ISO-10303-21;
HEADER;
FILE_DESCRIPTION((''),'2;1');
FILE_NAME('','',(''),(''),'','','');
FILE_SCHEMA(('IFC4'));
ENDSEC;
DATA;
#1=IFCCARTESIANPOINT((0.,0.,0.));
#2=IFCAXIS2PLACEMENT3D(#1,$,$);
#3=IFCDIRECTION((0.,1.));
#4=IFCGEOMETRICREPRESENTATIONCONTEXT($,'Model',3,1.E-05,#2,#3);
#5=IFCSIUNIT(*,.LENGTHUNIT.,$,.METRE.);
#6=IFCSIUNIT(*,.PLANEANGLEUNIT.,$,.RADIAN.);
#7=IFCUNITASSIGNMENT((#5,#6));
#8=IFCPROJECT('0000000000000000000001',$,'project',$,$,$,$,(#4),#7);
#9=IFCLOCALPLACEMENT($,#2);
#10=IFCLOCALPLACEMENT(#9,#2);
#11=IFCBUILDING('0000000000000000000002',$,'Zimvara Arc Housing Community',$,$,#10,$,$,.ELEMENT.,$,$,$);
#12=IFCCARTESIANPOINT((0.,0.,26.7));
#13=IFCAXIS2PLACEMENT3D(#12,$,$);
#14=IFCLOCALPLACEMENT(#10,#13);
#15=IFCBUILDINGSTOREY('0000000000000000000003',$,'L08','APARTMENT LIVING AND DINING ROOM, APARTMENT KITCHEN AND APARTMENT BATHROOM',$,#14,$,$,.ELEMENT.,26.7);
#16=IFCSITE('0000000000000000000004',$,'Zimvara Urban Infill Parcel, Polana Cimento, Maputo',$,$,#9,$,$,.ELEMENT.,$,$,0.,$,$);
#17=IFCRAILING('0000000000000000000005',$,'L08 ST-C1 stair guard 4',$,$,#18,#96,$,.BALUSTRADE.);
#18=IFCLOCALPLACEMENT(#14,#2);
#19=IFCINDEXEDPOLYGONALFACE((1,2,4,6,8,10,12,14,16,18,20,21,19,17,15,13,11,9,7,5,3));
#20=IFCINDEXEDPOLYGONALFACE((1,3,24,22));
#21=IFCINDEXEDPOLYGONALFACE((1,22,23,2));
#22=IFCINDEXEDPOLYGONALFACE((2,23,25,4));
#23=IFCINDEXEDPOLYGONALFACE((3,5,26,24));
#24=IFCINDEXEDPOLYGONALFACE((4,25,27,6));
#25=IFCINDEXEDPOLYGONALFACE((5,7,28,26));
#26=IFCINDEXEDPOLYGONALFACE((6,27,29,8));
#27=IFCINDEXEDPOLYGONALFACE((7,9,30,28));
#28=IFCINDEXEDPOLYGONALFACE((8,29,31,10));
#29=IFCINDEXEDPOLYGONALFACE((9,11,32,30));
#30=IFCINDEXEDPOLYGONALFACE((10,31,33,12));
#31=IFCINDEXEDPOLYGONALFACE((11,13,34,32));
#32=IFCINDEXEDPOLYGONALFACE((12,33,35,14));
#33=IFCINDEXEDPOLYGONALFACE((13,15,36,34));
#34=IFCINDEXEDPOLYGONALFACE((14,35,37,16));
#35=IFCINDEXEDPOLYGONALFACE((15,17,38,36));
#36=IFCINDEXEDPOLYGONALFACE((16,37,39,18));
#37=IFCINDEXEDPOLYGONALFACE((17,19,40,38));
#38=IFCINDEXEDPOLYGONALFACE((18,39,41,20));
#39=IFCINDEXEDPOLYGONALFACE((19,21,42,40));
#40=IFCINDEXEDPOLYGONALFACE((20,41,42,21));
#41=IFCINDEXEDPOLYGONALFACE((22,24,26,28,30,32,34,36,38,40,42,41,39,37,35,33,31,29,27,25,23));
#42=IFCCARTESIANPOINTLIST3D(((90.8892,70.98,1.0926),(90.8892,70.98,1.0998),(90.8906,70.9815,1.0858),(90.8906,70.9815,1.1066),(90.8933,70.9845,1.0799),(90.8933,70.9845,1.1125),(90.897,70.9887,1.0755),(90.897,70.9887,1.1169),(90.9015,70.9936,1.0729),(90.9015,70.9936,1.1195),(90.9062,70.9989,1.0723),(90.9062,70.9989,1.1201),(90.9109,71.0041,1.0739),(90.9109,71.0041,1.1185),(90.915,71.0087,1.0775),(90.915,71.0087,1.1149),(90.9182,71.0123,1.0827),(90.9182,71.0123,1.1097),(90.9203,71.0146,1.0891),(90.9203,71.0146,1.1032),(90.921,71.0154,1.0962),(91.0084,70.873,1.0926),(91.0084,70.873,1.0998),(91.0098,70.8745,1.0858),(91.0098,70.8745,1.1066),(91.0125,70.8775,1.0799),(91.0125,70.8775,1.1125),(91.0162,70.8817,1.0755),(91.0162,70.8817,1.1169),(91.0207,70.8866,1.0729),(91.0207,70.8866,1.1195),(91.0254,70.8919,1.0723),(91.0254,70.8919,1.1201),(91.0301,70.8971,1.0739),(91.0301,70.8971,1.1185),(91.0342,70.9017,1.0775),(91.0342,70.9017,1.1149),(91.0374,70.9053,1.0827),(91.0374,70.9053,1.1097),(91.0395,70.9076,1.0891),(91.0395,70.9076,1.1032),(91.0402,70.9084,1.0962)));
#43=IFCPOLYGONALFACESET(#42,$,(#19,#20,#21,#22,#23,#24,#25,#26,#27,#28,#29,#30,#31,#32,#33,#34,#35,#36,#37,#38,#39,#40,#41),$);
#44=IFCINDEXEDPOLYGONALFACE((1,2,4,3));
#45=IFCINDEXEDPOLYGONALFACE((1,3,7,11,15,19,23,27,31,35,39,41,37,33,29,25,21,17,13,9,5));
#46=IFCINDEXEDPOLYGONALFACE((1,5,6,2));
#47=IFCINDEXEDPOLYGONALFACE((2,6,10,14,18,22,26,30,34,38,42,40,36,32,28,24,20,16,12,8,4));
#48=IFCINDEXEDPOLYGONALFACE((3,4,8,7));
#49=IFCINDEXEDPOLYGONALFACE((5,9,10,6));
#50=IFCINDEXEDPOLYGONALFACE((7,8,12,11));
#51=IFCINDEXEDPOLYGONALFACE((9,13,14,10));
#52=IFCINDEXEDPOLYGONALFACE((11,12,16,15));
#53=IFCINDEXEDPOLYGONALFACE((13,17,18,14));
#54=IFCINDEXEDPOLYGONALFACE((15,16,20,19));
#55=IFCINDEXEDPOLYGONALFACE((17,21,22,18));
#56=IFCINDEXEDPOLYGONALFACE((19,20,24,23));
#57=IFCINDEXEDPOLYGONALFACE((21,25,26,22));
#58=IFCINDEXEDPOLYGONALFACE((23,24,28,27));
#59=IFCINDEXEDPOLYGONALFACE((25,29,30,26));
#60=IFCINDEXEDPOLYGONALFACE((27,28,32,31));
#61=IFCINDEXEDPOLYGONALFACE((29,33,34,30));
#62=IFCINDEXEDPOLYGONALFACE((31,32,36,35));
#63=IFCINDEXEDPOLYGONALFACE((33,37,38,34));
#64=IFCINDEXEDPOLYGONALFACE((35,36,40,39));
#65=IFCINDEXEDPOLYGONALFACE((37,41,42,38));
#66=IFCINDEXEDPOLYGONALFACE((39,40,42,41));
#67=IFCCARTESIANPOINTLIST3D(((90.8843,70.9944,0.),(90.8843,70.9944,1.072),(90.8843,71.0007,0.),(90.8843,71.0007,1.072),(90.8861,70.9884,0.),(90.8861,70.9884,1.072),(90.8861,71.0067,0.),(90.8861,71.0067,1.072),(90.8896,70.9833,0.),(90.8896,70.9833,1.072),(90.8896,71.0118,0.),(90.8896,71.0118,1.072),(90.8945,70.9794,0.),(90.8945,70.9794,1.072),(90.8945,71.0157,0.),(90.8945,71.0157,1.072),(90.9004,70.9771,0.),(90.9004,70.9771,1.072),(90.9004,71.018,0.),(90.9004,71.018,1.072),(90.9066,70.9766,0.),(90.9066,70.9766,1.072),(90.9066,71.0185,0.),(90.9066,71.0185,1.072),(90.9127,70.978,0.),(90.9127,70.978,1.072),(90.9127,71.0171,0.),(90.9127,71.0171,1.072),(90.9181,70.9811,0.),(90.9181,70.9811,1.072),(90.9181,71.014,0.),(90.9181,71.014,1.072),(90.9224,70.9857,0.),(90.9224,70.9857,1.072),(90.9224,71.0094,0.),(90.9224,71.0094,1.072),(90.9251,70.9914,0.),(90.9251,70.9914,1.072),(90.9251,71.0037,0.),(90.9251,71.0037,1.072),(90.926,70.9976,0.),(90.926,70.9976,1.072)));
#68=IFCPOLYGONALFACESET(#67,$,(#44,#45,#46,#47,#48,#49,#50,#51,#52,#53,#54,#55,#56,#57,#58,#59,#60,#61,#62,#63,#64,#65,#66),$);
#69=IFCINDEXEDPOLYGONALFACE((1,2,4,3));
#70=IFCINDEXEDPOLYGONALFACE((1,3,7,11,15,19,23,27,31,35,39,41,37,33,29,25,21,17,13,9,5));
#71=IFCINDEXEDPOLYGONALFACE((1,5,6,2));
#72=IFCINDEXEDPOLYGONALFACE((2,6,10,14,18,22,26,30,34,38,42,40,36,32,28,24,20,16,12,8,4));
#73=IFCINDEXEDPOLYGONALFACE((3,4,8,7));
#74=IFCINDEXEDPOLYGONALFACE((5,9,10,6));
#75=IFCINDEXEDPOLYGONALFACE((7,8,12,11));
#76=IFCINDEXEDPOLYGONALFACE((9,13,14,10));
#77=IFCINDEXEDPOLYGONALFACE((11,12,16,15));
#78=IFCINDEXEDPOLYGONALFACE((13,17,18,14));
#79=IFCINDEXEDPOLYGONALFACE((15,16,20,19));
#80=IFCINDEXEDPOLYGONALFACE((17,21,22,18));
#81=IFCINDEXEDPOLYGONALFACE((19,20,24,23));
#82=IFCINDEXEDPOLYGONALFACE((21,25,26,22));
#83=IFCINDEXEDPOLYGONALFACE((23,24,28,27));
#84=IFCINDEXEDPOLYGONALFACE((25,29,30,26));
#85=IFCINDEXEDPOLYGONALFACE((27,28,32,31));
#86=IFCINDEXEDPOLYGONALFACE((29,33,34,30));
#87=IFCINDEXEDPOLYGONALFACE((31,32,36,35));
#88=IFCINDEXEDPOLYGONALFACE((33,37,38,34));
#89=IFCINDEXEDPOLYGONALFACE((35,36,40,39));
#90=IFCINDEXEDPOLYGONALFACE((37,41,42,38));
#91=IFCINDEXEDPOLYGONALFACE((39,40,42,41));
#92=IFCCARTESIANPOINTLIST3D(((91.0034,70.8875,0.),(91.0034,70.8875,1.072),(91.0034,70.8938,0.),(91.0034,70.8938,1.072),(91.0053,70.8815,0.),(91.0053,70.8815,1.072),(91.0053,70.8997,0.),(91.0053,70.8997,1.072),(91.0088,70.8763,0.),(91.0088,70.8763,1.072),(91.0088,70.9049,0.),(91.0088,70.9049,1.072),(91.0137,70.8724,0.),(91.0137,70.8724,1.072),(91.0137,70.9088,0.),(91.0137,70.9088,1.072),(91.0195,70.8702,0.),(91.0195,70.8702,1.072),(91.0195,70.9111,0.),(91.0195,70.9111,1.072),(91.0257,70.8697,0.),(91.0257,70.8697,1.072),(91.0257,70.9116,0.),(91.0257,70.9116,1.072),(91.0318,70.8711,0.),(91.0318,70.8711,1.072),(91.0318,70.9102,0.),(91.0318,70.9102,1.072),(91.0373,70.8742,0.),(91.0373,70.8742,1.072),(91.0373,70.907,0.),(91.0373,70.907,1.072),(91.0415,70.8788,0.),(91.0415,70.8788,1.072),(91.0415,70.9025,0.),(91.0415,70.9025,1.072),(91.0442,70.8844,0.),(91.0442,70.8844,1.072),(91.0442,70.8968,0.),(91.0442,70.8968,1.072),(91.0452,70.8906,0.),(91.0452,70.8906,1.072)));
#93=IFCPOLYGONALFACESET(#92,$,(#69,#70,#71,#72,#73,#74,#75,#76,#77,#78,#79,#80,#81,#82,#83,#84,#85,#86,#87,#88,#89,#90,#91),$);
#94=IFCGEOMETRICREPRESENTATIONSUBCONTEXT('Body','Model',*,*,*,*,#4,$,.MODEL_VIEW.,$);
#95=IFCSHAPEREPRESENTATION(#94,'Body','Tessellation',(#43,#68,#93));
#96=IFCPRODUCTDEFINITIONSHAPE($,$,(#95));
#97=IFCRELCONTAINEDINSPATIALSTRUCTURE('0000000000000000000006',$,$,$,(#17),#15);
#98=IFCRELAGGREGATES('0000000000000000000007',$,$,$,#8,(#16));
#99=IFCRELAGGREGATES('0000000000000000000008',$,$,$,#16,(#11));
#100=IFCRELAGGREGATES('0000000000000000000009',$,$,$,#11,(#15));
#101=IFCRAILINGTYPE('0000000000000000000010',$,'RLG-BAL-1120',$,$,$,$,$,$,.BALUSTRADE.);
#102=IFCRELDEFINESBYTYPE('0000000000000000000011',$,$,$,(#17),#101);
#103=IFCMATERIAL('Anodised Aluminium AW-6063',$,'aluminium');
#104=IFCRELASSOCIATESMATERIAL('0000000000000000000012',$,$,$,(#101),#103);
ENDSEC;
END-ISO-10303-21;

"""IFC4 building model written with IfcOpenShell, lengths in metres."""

from ifc_helpers import new_model, si_unit, direction, frame, origin, origin_2d, place, context, subcontext, project, spatial, circle, extrude, material, type_object, element, save


model = new_model("IFC4")

# Units and contexts
model_context = context("Model", 3, precision=1e-05, world=origin(), true_north=direction((0.0, 1.0)))
body_context = subcontext(model_context, "Body", "Model", "MODEL_VIEW")
ifc_project = project(units=[si_unit("LENGTHUNIT", "METRE"), si_unit("PLANEANGLEUNIT", "RADIAN")], contexts=[model_context])

# Site, building, storey
site_placement = place(None, origin())
site = spatial("IfcSite", under=ifc_project, at=site_placement, Name="Zimvara Urban Infill Parcel, Polana Cimento, Maputo", CompositionType="ELEMENT", RefElevation=0.0)
building_placement = place(site_placement, origin())
building = spatial("IfcBuilding", under=site, at=building_placement, Name="Zimvara Arc Housing Community", CompositionType="ELEMENT")
storey_placement = place(building_placement, frame((0.0, 0.0, 26.7)))
storey = spatial("IfcBuildingStorey", under=building, at=storey_placement, Name="L08", Description="APARTMENT LIVING AND DINING ROOM, APARTMENT KITCHEN AND APARTMENT BATHROOM", CompositionType="ELEMENT", Elevation=26.7)

# Railing
ifc_material_1 = material(Name="Anodised Aluminium AW-6063", Category="aluminium")
railing_type_1 = type_object("IfcRailingType", Name="RLG-BAL-1120", PredefinedType="BALUSTRADE", material=ifc_material_1)
railing_1_placement = place(storey_placement, frame((90.905, 70.9976, 0.0)))
element("IfcRailing", 1, at=railing_1_placement, inside=storey, type_object=railing_type_1, Name="L08 ST-C1 stair guard 4", PredefinedType="BALUSTRADE", context=body_context, shape_type="SweptSolid", body=[
    extrude(circle(Radius=0.0239, at=origin_2d()), frame((0.0, 0.0, 1.0962), z_axis=(0.744203, -0.667953, 0.0), x_axis=(0.667953, 0.744203, 0.0)), (0.0, 0.0, 1.0), 0.1602),
    extrude(circle(Radius=0.021, at=origin_2d()), origin(), (0.0, 0.0, 1.0), 1.072),
    extrude(circle(Radius=0.021, at=origin_2d()), frame((0.1191, -0.1069, 0.0)), (0.0, 0.0, 1.0), 1.072),
])

save(model, "model.ifc")
